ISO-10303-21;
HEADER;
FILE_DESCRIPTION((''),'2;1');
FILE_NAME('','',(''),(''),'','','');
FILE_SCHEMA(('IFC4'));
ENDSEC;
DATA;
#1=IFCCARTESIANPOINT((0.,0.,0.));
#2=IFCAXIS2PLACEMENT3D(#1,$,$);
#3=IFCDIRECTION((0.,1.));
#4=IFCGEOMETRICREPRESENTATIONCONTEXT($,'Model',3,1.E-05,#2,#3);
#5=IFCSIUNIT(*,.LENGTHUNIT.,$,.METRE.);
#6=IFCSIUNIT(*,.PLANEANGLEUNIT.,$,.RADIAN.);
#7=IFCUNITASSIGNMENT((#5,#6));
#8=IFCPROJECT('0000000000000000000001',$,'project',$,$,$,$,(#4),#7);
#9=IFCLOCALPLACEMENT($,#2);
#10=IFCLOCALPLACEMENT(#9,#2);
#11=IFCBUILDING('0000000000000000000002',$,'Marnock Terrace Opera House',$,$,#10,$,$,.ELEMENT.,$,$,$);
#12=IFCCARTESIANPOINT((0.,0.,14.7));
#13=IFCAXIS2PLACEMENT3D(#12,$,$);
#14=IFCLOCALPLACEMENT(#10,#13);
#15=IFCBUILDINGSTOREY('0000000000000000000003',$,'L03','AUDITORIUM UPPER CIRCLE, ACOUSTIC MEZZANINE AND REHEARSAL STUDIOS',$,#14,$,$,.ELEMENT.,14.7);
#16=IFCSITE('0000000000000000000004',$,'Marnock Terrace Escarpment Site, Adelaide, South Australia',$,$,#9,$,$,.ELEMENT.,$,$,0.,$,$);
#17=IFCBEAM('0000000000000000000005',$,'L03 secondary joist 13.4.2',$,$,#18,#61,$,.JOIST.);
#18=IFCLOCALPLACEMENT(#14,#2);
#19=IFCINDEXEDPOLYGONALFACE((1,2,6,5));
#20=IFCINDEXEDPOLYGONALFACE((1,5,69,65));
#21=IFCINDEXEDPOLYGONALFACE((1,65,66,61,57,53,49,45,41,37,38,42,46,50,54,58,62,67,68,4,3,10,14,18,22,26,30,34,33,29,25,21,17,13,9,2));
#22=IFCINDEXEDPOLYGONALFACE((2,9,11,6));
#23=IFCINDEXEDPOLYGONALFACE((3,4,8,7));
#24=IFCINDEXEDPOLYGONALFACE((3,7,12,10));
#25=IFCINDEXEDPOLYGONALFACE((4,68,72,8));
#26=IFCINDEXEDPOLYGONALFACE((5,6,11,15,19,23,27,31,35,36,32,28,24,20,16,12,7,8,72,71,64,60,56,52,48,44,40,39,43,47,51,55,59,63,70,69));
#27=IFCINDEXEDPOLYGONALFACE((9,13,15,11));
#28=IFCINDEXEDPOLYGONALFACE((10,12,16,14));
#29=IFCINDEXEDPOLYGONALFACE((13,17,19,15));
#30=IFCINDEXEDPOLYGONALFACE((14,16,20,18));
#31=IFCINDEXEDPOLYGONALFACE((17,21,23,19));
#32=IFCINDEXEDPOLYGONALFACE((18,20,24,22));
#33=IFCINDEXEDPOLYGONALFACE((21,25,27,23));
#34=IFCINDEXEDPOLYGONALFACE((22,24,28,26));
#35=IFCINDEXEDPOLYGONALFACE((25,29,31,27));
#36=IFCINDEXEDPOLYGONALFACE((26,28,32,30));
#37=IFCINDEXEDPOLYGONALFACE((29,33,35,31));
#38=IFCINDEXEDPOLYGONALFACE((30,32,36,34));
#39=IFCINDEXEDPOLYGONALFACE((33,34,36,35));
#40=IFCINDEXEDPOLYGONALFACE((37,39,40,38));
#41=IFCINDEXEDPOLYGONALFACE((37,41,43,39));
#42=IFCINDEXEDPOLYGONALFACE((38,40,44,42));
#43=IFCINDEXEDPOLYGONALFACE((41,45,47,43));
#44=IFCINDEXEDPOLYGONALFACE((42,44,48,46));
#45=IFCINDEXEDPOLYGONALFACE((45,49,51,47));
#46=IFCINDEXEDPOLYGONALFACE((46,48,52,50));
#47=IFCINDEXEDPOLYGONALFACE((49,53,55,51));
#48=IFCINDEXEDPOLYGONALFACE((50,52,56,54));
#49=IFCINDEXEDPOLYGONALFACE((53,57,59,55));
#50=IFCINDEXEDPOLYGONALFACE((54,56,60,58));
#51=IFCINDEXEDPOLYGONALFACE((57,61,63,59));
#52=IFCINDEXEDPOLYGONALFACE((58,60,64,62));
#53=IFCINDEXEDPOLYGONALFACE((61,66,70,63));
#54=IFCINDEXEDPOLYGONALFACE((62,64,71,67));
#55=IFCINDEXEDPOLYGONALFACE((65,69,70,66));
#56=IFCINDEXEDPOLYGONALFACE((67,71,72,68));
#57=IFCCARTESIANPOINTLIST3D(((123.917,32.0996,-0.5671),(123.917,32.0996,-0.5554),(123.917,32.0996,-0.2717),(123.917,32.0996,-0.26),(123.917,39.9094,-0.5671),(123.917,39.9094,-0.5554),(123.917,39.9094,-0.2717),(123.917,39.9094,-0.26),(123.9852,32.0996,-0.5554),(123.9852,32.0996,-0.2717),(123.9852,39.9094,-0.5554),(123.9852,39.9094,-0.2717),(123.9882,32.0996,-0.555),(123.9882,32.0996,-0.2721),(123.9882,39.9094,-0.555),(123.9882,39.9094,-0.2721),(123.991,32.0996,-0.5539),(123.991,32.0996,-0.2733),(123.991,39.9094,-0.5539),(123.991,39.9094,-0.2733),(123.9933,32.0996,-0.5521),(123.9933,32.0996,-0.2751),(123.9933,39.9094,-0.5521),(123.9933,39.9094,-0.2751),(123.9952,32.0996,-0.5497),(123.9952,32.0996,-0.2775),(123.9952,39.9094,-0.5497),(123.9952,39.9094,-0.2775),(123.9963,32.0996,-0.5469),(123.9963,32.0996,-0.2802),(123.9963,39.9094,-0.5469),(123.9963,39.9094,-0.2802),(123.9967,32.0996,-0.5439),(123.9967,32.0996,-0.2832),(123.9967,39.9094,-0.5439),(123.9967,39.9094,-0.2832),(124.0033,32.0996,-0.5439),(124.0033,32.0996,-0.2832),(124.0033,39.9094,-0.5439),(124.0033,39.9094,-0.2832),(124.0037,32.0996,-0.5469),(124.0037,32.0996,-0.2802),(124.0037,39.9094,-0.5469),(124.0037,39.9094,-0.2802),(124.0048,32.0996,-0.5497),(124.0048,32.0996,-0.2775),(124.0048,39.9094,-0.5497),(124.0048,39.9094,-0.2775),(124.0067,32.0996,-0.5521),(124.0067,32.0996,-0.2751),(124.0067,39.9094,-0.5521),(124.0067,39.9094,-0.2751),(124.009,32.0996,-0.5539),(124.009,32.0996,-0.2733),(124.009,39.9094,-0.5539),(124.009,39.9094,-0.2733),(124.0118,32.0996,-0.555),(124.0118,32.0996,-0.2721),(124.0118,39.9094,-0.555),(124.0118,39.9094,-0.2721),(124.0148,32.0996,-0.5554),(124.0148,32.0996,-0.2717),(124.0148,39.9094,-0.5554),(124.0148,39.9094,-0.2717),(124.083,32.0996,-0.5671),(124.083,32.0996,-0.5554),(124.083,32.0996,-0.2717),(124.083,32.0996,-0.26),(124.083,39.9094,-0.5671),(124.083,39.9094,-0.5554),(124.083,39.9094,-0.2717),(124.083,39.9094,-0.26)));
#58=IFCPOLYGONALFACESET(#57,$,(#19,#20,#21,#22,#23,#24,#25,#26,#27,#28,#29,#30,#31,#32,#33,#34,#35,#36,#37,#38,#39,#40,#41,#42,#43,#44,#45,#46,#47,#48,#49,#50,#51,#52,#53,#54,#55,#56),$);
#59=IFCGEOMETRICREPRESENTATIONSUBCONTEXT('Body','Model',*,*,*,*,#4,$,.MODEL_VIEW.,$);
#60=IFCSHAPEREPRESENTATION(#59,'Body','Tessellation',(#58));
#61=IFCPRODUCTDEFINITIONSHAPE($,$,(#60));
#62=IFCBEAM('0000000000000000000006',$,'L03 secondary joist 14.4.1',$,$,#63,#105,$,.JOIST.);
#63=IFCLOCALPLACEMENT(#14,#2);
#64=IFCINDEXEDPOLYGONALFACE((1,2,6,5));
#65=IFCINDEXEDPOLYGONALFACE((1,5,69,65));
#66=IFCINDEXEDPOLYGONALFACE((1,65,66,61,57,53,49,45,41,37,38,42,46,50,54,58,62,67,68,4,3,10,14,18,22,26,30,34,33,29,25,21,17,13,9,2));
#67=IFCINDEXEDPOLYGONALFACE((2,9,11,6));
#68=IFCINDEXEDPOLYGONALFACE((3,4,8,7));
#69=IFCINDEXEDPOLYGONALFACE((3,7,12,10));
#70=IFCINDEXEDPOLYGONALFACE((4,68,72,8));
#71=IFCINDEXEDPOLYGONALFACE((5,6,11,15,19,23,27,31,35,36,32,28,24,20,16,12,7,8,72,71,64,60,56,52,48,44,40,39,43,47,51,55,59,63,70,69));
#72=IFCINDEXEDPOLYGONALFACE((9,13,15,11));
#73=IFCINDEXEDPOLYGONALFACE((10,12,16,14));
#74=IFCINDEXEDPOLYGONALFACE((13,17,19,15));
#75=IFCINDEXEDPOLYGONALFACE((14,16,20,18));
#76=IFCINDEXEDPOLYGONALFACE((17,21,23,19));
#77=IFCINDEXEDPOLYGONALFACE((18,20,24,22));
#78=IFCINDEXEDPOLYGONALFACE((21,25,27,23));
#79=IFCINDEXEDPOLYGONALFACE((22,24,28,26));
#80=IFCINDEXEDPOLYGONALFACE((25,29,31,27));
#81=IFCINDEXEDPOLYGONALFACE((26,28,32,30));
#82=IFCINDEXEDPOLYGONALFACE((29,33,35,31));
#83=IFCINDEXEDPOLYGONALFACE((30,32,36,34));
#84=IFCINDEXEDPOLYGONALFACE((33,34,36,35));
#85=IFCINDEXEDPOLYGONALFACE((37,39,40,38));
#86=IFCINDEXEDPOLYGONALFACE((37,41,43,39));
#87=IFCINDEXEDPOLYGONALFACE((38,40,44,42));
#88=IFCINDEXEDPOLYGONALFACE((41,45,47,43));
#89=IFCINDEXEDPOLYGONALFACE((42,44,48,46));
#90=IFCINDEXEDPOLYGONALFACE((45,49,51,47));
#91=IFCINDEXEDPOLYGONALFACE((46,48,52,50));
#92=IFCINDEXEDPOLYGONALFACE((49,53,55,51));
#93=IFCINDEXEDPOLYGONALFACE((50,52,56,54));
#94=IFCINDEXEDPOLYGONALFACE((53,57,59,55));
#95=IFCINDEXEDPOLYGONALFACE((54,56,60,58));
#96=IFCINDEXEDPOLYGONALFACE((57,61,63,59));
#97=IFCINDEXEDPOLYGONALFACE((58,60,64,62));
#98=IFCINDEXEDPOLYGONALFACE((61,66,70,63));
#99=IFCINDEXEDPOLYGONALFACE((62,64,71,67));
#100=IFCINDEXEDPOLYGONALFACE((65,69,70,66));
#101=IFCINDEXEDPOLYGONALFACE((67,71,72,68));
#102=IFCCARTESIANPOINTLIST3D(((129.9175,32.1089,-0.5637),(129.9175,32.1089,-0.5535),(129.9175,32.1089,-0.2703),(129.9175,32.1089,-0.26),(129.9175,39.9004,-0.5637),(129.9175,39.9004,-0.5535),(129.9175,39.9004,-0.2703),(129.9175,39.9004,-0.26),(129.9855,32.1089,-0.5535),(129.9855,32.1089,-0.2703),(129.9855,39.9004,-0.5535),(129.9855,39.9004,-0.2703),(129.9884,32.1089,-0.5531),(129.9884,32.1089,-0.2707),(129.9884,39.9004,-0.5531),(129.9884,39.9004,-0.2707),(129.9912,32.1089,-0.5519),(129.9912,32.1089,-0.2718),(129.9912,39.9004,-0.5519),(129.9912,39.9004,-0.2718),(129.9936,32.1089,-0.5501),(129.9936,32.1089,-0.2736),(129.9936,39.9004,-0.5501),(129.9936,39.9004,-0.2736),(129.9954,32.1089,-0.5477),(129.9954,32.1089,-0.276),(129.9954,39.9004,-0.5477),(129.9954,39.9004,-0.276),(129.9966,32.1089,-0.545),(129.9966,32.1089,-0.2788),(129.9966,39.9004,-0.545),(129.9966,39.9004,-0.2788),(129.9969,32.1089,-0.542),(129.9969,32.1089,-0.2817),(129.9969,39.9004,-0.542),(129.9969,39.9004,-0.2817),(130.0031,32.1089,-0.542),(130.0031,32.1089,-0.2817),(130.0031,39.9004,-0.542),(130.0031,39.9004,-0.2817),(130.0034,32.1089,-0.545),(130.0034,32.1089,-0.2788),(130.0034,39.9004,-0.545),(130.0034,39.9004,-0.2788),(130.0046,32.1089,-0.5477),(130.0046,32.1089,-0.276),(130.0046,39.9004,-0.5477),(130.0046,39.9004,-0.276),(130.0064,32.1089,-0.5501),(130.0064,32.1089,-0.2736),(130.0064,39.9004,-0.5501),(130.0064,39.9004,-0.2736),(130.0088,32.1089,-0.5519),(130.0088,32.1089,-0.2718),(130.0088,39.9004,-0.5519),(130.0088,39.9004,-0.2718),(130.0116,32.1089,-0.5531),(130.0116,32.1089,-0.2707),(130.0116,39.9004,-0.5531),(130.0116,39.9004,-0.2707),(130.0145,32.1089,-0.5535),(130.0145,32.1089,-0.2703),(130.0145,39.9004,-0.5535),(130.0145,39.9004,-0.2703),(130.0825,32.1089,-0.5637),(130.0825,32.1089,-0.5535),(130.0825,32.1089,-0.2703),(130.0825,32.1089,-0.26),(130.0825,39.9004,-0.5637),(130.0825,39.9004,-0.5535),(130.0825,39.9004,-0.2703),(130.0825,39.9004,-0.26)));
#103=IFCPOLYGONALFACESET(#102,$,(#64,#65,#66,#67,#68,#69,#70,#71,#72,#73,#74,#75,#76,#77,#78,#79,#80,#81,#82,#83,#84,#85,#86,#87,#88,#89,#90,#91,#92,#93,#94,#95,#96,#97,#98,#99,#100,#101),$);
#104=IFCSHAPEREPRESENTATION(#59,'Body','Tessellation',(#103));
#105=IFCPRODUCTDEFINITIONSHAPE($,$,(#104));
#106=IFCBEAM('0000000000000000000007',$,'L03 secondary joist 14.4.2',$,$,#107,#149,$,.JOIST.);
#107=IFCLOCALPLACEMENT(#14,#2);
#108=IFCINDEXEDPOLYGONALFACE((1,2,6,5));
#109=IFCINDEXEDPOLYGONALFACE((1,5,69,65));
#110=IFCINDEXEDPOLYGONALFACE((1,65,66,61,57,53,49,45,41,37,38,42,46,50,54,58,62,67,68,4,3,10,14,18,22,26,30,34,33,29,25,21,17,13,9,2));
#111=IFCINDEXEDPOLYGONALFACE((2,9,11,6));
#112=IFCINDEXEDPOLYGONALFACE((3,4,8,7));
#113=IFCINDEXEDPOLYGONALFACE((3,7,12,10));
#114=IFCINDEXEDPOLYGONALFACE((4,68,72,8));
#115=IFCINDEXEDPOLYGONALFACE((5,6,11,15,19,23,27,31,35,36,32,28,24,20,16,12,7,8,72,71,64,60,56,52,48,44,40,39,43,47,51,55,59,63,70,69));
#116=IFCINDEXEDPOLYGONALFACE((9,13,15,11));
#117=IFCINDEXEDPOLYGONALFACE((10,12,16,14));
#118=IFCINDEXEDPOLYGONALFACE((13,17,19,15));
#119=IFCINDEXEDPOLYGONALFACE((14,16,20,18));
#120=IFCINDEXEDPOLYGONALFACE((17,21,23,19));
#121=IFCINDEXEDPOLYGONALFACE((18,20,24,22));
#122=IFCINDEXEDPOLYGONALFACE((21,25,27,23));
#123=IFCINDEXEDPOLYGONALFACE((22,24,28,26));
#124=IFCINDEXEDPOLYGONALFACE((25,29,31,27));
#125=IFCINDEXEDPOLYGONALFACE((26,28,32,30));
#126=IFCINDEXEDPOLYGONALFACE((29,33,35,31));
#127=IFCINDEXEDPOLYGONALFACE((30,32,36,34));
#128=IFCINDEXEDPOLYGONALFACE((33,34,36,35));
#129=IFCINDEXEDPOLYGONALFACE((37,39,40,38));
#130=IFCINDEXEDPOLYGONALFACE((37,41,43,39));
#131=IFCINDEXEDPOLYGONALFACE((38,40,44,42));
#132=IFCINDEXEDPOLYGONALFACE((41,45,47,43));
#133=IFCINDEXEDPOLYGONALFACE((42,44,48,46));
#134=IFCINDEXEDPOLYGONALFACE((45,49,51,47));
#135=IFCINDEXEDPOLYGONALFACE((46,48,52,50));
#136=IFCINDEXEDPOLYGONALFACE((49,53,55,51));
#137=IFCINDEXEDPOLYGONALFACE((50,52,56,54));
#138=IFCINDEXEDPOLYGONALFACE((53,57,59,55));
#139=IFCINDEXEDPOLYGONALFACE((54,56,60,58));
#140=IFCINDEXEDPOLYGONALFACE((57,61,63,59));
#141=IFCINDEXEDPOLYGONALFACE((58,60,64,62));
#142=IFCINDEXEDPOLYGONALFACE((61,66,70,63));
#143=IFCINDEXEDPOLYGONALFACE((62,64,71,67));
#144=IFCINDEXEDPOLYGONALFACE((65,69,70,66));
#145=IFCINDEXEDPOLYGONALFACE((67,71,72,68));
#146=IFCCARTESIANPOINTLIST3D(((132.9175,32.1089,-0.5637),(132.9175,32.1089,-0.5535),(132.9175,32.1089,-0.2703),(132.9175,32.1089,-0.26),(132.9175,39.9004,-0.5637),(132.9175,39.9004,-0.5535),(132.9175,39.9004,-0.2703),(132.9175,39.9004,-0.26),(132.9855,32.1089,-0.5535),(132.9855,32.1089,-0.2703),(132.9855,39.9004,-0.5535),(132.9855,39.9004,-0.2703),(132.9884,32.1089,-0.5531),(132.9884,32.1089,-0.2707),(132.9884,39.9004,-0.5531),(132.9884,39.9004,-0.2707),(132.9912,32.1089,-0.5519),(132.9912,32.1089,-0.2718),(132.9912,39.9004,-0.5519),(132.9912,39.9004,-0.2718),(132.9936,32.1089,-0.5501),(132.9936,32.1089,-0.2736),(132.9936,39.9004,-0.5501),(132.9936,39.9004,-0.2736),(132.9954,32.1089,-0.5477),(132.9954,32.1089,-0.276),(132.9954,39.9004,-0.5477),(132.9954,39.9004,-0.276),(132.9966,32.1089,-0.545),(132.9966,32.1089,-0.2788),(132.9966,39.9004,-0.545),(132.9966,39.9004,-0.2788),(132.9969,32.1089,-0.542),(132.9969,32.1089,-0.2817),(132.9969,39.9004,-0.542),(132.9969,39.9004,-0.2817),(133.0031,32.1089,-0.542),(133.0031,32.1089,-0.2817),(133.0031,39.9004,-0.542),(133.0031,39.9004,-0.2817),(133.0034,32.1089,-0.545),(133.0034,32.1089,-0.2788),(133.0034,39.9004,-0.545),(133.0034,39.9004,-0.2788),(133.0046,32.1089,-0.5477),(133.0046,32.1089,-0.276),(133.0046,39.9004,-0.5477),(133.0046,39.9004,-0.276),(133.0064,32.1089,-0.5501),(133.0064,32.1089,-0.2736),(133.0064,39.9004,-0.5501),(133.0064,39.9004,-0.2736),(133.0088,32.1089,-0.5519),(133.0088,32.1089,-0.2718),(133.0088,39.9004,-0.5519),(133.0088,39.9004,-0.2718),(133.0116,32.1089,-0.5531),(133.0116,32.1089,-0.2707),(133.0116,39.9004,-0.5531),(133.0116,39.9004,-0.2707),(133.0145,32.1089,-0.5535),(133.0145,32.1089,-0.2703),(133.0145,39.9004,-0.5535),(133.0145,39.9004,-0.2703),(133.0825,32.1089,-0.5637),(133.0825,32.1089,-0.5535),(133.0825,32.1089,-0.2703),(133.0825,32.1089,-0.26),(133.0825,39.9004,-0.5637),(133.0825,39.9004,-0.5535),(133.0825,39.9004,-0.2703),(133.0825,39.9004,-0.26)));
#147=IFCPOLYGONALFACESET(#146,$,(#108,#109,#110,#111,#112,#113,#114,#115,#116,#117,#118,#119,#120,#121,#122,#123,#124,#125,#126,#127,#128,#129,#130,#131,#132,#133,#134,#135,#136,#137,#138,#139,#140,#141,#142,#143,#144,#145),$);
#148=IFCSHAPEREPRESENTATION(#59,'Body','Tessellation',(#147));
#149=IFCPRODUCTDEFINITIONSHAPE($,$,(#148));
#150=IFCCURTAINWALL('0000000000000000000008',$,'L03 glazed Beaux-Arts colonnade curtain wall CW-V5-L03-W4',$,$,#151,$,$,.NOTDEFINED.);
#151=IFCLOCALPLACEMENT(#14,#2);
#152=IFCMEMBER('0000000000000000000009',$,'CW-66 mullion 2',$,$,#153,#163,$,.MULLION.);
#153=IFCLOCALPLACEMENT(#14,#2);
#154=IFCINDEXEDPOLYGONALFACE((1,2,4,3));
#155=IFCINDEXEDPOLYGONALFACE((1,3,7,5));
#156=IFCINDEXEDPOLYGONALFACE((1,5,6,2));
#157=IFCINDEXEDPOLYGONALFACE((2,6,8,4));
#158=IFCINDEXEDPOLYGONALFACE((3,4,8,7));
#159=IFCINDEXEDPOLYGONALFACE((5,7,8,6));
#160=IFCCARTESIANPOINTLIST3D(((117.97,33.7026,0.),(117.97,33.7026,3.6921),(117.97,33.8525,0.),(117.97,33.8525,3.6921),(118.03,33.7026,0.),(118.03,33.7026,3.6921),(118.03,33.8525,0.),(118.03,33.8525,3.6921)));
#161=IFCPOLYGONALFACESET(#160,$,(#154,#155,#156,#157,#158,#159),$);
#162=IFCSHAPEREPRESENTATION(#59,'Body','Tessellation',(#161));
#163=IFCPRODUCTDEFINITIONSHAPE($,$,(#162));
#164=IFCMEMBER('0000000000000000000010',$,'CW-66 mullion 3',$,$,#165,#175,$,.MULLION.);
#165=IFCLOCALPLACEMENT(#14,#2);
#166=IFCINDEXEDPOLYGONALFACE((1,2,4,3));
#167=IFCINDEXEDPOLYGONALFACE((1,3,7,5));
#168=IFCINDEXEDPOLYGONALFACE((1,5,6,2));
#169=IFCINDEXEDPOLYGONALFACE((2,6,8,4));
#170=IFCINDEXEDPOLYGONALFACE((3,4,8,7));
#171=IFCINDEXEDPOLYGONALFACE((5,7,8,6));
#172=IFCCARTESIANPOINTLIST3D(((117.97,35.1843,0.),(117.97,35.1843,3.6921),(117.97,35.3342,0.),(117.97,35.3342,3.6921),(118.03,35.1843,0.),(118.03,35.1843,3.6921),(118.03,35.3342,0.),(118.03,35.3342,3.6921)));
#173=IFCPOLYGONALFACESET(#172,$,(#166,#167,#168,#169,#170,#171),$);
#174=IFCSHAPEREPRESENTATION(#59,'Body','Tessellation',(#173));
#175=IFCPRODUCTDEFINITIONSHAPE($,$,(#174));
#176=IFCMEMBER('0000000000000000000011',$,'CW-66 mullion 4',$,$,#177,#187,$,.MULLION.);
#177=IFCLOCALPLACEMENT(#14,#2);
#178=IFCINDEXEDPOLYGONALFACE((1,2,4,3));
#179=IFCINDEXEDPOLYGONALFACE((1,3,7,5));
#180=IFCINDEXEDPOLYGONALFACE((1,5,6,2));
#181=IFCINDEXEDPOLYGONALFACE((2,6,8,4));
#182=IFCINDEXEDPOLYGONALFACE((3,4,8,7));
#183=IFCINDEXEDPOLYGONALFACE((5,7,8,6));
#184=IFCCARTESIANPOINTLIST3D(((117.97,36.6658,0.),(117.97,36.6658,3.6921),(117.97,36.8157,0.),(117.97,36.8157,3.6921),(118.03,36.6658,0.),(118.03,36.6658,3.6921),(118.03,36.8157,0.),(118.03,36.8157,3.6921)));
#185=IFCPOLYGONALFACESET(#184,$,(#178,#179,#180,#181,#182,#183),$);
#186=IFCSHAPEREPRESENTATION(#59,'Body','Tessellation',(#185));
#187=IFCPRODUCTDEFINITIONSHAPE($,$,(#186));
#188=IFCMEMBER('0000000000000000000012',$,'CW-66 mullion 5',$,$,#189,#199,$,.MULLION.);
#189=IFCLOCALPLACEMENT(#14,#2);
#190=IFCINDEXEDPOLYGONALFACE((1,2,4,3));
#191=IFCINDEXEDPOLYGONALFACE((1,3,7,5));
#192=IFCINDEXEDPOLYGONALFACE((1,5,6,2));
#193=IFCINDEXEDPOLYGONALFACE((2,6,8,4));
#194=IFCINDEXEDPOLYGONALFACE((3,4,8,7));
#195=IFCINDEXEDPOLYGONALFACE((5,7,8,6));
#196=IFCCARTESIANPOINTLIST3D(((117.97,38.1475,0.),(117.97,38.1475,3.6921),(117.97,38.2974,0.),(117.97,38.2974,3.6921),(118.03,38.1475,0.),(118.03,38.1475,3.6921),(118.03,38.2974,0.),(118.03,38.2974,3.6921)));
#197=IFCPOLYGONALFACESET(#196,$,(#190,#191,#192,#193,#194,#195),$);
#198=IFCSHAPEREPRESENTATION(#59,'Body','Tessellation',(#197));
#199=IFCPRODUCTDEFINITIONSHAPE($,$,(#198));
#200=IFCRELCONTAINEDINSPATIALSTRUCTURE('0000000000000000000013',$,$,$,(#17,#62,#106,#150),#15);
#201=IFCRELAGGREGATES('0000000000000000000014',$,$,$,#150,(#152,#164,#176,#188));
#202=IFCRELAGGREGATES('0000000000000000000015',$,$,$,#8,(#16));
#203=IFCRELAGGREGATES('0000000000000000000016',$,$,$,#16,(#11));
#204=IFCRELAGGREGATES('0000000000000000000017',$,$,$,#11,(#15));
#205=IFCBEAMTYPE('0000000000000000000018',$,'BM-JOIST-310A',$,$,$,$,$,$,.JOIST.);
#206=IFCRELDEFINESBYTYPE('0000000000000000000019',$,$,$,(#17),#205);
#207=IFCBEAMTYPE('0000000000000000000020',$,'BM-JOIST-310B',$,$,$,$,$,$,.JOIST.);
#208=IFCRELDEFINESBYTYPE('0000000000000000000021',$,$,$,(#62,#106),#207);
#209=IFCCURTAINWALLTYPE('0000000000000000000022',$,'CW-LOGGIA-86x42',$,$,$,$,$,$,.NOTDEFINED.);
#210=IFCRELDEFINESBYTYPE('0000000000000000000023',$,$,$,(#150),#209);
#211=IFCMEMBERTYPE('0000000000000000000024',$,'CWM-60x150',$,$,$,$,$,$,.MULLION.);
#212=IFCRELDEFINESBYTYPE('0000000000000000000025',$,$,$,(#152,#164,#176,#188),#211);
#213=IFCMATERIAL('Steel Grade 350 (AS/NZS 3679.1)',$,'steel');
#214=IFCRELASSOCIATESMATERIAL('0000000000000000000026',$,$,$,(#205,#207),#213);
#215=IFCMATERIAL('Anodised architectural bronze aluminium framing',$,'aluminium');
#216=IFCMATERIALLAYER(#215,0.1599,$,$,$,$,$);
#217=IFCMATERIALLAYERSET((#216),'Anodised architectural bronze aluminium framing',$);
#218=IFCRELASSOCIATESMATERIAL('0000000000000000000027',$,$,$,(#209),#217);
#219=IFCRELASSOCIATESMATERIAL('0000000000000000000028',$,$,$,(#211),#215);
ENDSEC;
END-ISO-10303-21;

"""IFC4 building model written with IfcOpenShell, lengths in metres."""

from ifc_helpers import new_model, si_unit, direction, frame, origin, origin_2d, place, context, subcontext, project, spatial, rectangle, i_section, extrude, material, layer, layer_set, material_profile, profile_set, type_object, element, aggregate, save


model = new_model("IFC4")

# Units and contexts
model_context = context("Model", 3, precision=1e-05, world=origin(), true_north=direction((0.0, 1.0)))
body_context = subcontext(model_context, "Body", "Model", "MODEL_VIEW")
ifc_project = project(units=[si_unit("LENGTHUNIT", "METRE"), si_unit("PLANEANGLEUNIT", "RADIAN")], contexts=[model_context])

# Site, building, storey
site_placement = place(None, origin())
site = spatial("IfcSite", under=ifc_project, at=site_placement, Name="Marnock Terrace Escarpment Site, Adelaide, South Australia", CompositionType="ELEMENT", RefElevation=0.0)
building_placement = place(site_placement, origin())
building = spatial("IfcBuilding", under=site, at=building_placement, Name="Marnock Terrace Opera House", CompositionType="ELEMENT")
storey_placement = place(building_placement, frame((0.0, 0.0, 14.7)))
storey = spatial("IfcBuildingStorey", under=building, at=storey_placement, Name="L03", Description="AUDITORIUM UPPER CIRCLE, ACOUSTIC MEZZANINE AND REHEARSAL STUDIOS", CompositionType="ELEMENT", Elevation=14.7)

# Beams
ifc_material_1 = material(Name="Steel Grade 350 (AS/NZS 3679.1)", Category="steel")
ifc_material_profile_1 = material_profile(ifc_material_1, i_section(OverallWidth=0.166, OverallDepth=0.3071, WebThickness=0.0066, FlangeThickness=0.0117, FilletRadius=0.0115, at=origin_2d()))
ifc_profile_set_1 = profile_set([ifc_material_profile_1], Name="Steel Grade 350 (AS/NZS 3679.1)")
beam_type_1 = type_object("IfcBeamType", Name="BM-JOIST-310A", PredefinedType="JOIST", material=ifc_profile_set_1)
beam_placement = place(storey_placement, frame((124.0, 32.0996, -0.4136), z_axis=(0.0, 1.0, 0.0), x_axis=(-1.0, 0.0, 0.0)))
element("IfcBeam", 1, at=beam_placement, inside=storey, type_object=beam_type_1, Name="L03 secondary joist 13.4.2", PredefinedType="JOIST", context=body_context, shape_type="SweptSolid", body=[
    extrude(i_section(OverallWidth=0.166, OverallDepth=0.3071, WebThickness=0.0066, FlangeThickness=0.0117, FilletRadius=0.0115, at=origin_2d()), origin(), (0.0, 0.0, 1.0), 7.8098),
])
ifc_material_profile_2 = material_profile(ifc_material_1, i_section(OverallWidth=0.165, OverallDepth=0.3037, WebThickness=0.0061, FlangeThickness=0.0103, FilletRadius=0.0115, at=origin_2d()))
ifc_profile_set_2 = profile_set([ifc_material_profile_2], Name="Steel Grade 350 (AS/NZS 3679.1)")
beam_type_2 = type_object("IfcBeamType", Name="BM-JOIST-310B", PredefinedType="JOIST", material=ifc_profile_set_2)
for number, where, z_axis, x_axis, name in (
    (2, (130.0, 32.1089, -0.4119), (0.0, 1.0, 0.0), (-1.0, 0.0, 0.0), "L03 secondary joist 14.4.1"),
    (3, (133.0, 32.1089, -0.4119), (0.0, 1.0, 0.0), (-1.0, 0.0, 0.0), "L03 secondary joist 14.4.2"),
):
    element("IfcBeam", number, at=place(storey_placement, frame(where, z_axis=z_axis, x_axis=x_axis)), inside=storey, type_object=beam_type_2, Name=name, PredefinedType="JOIST", context=body_context, shape_type="SweptSolid", body=[
        extrude(i_section(OverallWidth=0.165, OverallDepth=0.3037, WebThickness=0.0061, FlangeThickness=0.0103, FilletRadius=0.0115, at=origin_2d()), origin(), (0.0, 0.0, 1.0), 7.7915),
    ])

# Curtain wall, members
ifc_material_2 = material(Name="Anodised architectural bronze aluminium framing", Category="aluminium")
ifc_layer_1 = layer(ifc_material_2, 0.1599)
ifc_layer_set_1 = layer_set([ifc_layer_1], Name="Anodised architectural bronze aluminium framing")
curtain_wall_type = type_object("IfcCurtainWallType", Name="CW-LOGGIA-86x42", PredefinedType="NOTDEFINED", material=ifc_layer_set_1)
curtain_wall_placement = place(storey_placement, origin())
curtain_wall = element("IfcCurtainWall", 4, at=curtain_wall_placement, inside=storey, type_object=curtain_wall_type, Name="L03 glazed Beaux-Arts colonnade curtain wall CW-V5-L03-W4", PredefinedType="NOTDEFINED")
ifc_material_profile_3 = material_profile(ifc_material_2, rectangle(XDim=0.0601, YDim=0.1499, at=origin_2d()))
ifc_profile_set_3 = profile_set([ifc_material_profile_3], Name="Anodised architectural bronze aluminium framing")
member_type_1 = type_object("IfcMemberType", Name="CWM-60x150", PredefinedType="MULLION", material=ifc_profile_set_3)
member_1_placement = place(storey_placement, frame((118.0, 33.7776, 0.0), z_axis=(0.0, 0.0, 1.0), x_axis=(-1.0, 0.0, 0.0)))
member_1 = element("IfcMember", 5, at=member_1_placement, type_object=member_type_1, Name="CW-66 mullion 2", PredefinedType="MULLION", context=body_context, shape_type="SweptSolid", body=[
    extrude(rectangle(XDim=0.0601, YDim=0.1499, at=origin_2d()), origin(), (0.0, 0.0, 1.0), 3.6921),
])
member_2_placement = place(storey_placement, frame((118.0, 35.2593, 0.0), z_axis=(0.0, 0.0, 1.0), x_axis=(-1.0, 0.0, 0.0)))
member_2 = element("IfcMember", 6, at=member_2_placement, type_object=member_type_1, Name="CW-66 mullion 3", PredefinedType="MULLION", context=body_context, shape_type="SweptSolid", body=[
    extrude(rectangle(XDim=0.0601, YDim=0.1499, at=origin_2d()), origin(), (0.0, 0.0, 1.0), 3.6921),
])
member_3_placement = place(storey_placement, frame((118.0, 36.7407, 0.0), z_axis=(0.0, 0.0, 1.0), x_axis=(-1.0, 0.0, 0.0)))
member_3 = element("IfcMember", 7, at=member_3_placement, type_object=member_type_1, Name="CW-66 mullion 4", PredefinedType="MULLION", context=body_context, shape_type="SweptSolid", body=[
    extrude(rectangle(XDim=0.0601, YDim=0.1499, at=origin_2d()), origin(), (0.0, 0.0, 1.0), 3.6921),
])
member_4_placement = place(storey_placement, frame((118.0, 38.2224, 0.0), z_axis=(0.0, 0.0, 1.0), x_axis=(-1.0, 0.0, 0.0)))
member_4 = element("IfcMember", 8, at=member_4_placement, type_object=member_type_1, Name="CW-66 mullion 5", PredefinedType="MULLION", context=body_context, shape_type="SweptSolid", body=[
    extrude(rectangle(XDim=0.0601, YDim=0.1499, at=origin_2d()), origin(), (0.0, 0.0, 1.0), 3.6921),
])
aggregate(curtain_wall, [member_1, member_2, member_3, member_4])

save(model, "model.ifc")
